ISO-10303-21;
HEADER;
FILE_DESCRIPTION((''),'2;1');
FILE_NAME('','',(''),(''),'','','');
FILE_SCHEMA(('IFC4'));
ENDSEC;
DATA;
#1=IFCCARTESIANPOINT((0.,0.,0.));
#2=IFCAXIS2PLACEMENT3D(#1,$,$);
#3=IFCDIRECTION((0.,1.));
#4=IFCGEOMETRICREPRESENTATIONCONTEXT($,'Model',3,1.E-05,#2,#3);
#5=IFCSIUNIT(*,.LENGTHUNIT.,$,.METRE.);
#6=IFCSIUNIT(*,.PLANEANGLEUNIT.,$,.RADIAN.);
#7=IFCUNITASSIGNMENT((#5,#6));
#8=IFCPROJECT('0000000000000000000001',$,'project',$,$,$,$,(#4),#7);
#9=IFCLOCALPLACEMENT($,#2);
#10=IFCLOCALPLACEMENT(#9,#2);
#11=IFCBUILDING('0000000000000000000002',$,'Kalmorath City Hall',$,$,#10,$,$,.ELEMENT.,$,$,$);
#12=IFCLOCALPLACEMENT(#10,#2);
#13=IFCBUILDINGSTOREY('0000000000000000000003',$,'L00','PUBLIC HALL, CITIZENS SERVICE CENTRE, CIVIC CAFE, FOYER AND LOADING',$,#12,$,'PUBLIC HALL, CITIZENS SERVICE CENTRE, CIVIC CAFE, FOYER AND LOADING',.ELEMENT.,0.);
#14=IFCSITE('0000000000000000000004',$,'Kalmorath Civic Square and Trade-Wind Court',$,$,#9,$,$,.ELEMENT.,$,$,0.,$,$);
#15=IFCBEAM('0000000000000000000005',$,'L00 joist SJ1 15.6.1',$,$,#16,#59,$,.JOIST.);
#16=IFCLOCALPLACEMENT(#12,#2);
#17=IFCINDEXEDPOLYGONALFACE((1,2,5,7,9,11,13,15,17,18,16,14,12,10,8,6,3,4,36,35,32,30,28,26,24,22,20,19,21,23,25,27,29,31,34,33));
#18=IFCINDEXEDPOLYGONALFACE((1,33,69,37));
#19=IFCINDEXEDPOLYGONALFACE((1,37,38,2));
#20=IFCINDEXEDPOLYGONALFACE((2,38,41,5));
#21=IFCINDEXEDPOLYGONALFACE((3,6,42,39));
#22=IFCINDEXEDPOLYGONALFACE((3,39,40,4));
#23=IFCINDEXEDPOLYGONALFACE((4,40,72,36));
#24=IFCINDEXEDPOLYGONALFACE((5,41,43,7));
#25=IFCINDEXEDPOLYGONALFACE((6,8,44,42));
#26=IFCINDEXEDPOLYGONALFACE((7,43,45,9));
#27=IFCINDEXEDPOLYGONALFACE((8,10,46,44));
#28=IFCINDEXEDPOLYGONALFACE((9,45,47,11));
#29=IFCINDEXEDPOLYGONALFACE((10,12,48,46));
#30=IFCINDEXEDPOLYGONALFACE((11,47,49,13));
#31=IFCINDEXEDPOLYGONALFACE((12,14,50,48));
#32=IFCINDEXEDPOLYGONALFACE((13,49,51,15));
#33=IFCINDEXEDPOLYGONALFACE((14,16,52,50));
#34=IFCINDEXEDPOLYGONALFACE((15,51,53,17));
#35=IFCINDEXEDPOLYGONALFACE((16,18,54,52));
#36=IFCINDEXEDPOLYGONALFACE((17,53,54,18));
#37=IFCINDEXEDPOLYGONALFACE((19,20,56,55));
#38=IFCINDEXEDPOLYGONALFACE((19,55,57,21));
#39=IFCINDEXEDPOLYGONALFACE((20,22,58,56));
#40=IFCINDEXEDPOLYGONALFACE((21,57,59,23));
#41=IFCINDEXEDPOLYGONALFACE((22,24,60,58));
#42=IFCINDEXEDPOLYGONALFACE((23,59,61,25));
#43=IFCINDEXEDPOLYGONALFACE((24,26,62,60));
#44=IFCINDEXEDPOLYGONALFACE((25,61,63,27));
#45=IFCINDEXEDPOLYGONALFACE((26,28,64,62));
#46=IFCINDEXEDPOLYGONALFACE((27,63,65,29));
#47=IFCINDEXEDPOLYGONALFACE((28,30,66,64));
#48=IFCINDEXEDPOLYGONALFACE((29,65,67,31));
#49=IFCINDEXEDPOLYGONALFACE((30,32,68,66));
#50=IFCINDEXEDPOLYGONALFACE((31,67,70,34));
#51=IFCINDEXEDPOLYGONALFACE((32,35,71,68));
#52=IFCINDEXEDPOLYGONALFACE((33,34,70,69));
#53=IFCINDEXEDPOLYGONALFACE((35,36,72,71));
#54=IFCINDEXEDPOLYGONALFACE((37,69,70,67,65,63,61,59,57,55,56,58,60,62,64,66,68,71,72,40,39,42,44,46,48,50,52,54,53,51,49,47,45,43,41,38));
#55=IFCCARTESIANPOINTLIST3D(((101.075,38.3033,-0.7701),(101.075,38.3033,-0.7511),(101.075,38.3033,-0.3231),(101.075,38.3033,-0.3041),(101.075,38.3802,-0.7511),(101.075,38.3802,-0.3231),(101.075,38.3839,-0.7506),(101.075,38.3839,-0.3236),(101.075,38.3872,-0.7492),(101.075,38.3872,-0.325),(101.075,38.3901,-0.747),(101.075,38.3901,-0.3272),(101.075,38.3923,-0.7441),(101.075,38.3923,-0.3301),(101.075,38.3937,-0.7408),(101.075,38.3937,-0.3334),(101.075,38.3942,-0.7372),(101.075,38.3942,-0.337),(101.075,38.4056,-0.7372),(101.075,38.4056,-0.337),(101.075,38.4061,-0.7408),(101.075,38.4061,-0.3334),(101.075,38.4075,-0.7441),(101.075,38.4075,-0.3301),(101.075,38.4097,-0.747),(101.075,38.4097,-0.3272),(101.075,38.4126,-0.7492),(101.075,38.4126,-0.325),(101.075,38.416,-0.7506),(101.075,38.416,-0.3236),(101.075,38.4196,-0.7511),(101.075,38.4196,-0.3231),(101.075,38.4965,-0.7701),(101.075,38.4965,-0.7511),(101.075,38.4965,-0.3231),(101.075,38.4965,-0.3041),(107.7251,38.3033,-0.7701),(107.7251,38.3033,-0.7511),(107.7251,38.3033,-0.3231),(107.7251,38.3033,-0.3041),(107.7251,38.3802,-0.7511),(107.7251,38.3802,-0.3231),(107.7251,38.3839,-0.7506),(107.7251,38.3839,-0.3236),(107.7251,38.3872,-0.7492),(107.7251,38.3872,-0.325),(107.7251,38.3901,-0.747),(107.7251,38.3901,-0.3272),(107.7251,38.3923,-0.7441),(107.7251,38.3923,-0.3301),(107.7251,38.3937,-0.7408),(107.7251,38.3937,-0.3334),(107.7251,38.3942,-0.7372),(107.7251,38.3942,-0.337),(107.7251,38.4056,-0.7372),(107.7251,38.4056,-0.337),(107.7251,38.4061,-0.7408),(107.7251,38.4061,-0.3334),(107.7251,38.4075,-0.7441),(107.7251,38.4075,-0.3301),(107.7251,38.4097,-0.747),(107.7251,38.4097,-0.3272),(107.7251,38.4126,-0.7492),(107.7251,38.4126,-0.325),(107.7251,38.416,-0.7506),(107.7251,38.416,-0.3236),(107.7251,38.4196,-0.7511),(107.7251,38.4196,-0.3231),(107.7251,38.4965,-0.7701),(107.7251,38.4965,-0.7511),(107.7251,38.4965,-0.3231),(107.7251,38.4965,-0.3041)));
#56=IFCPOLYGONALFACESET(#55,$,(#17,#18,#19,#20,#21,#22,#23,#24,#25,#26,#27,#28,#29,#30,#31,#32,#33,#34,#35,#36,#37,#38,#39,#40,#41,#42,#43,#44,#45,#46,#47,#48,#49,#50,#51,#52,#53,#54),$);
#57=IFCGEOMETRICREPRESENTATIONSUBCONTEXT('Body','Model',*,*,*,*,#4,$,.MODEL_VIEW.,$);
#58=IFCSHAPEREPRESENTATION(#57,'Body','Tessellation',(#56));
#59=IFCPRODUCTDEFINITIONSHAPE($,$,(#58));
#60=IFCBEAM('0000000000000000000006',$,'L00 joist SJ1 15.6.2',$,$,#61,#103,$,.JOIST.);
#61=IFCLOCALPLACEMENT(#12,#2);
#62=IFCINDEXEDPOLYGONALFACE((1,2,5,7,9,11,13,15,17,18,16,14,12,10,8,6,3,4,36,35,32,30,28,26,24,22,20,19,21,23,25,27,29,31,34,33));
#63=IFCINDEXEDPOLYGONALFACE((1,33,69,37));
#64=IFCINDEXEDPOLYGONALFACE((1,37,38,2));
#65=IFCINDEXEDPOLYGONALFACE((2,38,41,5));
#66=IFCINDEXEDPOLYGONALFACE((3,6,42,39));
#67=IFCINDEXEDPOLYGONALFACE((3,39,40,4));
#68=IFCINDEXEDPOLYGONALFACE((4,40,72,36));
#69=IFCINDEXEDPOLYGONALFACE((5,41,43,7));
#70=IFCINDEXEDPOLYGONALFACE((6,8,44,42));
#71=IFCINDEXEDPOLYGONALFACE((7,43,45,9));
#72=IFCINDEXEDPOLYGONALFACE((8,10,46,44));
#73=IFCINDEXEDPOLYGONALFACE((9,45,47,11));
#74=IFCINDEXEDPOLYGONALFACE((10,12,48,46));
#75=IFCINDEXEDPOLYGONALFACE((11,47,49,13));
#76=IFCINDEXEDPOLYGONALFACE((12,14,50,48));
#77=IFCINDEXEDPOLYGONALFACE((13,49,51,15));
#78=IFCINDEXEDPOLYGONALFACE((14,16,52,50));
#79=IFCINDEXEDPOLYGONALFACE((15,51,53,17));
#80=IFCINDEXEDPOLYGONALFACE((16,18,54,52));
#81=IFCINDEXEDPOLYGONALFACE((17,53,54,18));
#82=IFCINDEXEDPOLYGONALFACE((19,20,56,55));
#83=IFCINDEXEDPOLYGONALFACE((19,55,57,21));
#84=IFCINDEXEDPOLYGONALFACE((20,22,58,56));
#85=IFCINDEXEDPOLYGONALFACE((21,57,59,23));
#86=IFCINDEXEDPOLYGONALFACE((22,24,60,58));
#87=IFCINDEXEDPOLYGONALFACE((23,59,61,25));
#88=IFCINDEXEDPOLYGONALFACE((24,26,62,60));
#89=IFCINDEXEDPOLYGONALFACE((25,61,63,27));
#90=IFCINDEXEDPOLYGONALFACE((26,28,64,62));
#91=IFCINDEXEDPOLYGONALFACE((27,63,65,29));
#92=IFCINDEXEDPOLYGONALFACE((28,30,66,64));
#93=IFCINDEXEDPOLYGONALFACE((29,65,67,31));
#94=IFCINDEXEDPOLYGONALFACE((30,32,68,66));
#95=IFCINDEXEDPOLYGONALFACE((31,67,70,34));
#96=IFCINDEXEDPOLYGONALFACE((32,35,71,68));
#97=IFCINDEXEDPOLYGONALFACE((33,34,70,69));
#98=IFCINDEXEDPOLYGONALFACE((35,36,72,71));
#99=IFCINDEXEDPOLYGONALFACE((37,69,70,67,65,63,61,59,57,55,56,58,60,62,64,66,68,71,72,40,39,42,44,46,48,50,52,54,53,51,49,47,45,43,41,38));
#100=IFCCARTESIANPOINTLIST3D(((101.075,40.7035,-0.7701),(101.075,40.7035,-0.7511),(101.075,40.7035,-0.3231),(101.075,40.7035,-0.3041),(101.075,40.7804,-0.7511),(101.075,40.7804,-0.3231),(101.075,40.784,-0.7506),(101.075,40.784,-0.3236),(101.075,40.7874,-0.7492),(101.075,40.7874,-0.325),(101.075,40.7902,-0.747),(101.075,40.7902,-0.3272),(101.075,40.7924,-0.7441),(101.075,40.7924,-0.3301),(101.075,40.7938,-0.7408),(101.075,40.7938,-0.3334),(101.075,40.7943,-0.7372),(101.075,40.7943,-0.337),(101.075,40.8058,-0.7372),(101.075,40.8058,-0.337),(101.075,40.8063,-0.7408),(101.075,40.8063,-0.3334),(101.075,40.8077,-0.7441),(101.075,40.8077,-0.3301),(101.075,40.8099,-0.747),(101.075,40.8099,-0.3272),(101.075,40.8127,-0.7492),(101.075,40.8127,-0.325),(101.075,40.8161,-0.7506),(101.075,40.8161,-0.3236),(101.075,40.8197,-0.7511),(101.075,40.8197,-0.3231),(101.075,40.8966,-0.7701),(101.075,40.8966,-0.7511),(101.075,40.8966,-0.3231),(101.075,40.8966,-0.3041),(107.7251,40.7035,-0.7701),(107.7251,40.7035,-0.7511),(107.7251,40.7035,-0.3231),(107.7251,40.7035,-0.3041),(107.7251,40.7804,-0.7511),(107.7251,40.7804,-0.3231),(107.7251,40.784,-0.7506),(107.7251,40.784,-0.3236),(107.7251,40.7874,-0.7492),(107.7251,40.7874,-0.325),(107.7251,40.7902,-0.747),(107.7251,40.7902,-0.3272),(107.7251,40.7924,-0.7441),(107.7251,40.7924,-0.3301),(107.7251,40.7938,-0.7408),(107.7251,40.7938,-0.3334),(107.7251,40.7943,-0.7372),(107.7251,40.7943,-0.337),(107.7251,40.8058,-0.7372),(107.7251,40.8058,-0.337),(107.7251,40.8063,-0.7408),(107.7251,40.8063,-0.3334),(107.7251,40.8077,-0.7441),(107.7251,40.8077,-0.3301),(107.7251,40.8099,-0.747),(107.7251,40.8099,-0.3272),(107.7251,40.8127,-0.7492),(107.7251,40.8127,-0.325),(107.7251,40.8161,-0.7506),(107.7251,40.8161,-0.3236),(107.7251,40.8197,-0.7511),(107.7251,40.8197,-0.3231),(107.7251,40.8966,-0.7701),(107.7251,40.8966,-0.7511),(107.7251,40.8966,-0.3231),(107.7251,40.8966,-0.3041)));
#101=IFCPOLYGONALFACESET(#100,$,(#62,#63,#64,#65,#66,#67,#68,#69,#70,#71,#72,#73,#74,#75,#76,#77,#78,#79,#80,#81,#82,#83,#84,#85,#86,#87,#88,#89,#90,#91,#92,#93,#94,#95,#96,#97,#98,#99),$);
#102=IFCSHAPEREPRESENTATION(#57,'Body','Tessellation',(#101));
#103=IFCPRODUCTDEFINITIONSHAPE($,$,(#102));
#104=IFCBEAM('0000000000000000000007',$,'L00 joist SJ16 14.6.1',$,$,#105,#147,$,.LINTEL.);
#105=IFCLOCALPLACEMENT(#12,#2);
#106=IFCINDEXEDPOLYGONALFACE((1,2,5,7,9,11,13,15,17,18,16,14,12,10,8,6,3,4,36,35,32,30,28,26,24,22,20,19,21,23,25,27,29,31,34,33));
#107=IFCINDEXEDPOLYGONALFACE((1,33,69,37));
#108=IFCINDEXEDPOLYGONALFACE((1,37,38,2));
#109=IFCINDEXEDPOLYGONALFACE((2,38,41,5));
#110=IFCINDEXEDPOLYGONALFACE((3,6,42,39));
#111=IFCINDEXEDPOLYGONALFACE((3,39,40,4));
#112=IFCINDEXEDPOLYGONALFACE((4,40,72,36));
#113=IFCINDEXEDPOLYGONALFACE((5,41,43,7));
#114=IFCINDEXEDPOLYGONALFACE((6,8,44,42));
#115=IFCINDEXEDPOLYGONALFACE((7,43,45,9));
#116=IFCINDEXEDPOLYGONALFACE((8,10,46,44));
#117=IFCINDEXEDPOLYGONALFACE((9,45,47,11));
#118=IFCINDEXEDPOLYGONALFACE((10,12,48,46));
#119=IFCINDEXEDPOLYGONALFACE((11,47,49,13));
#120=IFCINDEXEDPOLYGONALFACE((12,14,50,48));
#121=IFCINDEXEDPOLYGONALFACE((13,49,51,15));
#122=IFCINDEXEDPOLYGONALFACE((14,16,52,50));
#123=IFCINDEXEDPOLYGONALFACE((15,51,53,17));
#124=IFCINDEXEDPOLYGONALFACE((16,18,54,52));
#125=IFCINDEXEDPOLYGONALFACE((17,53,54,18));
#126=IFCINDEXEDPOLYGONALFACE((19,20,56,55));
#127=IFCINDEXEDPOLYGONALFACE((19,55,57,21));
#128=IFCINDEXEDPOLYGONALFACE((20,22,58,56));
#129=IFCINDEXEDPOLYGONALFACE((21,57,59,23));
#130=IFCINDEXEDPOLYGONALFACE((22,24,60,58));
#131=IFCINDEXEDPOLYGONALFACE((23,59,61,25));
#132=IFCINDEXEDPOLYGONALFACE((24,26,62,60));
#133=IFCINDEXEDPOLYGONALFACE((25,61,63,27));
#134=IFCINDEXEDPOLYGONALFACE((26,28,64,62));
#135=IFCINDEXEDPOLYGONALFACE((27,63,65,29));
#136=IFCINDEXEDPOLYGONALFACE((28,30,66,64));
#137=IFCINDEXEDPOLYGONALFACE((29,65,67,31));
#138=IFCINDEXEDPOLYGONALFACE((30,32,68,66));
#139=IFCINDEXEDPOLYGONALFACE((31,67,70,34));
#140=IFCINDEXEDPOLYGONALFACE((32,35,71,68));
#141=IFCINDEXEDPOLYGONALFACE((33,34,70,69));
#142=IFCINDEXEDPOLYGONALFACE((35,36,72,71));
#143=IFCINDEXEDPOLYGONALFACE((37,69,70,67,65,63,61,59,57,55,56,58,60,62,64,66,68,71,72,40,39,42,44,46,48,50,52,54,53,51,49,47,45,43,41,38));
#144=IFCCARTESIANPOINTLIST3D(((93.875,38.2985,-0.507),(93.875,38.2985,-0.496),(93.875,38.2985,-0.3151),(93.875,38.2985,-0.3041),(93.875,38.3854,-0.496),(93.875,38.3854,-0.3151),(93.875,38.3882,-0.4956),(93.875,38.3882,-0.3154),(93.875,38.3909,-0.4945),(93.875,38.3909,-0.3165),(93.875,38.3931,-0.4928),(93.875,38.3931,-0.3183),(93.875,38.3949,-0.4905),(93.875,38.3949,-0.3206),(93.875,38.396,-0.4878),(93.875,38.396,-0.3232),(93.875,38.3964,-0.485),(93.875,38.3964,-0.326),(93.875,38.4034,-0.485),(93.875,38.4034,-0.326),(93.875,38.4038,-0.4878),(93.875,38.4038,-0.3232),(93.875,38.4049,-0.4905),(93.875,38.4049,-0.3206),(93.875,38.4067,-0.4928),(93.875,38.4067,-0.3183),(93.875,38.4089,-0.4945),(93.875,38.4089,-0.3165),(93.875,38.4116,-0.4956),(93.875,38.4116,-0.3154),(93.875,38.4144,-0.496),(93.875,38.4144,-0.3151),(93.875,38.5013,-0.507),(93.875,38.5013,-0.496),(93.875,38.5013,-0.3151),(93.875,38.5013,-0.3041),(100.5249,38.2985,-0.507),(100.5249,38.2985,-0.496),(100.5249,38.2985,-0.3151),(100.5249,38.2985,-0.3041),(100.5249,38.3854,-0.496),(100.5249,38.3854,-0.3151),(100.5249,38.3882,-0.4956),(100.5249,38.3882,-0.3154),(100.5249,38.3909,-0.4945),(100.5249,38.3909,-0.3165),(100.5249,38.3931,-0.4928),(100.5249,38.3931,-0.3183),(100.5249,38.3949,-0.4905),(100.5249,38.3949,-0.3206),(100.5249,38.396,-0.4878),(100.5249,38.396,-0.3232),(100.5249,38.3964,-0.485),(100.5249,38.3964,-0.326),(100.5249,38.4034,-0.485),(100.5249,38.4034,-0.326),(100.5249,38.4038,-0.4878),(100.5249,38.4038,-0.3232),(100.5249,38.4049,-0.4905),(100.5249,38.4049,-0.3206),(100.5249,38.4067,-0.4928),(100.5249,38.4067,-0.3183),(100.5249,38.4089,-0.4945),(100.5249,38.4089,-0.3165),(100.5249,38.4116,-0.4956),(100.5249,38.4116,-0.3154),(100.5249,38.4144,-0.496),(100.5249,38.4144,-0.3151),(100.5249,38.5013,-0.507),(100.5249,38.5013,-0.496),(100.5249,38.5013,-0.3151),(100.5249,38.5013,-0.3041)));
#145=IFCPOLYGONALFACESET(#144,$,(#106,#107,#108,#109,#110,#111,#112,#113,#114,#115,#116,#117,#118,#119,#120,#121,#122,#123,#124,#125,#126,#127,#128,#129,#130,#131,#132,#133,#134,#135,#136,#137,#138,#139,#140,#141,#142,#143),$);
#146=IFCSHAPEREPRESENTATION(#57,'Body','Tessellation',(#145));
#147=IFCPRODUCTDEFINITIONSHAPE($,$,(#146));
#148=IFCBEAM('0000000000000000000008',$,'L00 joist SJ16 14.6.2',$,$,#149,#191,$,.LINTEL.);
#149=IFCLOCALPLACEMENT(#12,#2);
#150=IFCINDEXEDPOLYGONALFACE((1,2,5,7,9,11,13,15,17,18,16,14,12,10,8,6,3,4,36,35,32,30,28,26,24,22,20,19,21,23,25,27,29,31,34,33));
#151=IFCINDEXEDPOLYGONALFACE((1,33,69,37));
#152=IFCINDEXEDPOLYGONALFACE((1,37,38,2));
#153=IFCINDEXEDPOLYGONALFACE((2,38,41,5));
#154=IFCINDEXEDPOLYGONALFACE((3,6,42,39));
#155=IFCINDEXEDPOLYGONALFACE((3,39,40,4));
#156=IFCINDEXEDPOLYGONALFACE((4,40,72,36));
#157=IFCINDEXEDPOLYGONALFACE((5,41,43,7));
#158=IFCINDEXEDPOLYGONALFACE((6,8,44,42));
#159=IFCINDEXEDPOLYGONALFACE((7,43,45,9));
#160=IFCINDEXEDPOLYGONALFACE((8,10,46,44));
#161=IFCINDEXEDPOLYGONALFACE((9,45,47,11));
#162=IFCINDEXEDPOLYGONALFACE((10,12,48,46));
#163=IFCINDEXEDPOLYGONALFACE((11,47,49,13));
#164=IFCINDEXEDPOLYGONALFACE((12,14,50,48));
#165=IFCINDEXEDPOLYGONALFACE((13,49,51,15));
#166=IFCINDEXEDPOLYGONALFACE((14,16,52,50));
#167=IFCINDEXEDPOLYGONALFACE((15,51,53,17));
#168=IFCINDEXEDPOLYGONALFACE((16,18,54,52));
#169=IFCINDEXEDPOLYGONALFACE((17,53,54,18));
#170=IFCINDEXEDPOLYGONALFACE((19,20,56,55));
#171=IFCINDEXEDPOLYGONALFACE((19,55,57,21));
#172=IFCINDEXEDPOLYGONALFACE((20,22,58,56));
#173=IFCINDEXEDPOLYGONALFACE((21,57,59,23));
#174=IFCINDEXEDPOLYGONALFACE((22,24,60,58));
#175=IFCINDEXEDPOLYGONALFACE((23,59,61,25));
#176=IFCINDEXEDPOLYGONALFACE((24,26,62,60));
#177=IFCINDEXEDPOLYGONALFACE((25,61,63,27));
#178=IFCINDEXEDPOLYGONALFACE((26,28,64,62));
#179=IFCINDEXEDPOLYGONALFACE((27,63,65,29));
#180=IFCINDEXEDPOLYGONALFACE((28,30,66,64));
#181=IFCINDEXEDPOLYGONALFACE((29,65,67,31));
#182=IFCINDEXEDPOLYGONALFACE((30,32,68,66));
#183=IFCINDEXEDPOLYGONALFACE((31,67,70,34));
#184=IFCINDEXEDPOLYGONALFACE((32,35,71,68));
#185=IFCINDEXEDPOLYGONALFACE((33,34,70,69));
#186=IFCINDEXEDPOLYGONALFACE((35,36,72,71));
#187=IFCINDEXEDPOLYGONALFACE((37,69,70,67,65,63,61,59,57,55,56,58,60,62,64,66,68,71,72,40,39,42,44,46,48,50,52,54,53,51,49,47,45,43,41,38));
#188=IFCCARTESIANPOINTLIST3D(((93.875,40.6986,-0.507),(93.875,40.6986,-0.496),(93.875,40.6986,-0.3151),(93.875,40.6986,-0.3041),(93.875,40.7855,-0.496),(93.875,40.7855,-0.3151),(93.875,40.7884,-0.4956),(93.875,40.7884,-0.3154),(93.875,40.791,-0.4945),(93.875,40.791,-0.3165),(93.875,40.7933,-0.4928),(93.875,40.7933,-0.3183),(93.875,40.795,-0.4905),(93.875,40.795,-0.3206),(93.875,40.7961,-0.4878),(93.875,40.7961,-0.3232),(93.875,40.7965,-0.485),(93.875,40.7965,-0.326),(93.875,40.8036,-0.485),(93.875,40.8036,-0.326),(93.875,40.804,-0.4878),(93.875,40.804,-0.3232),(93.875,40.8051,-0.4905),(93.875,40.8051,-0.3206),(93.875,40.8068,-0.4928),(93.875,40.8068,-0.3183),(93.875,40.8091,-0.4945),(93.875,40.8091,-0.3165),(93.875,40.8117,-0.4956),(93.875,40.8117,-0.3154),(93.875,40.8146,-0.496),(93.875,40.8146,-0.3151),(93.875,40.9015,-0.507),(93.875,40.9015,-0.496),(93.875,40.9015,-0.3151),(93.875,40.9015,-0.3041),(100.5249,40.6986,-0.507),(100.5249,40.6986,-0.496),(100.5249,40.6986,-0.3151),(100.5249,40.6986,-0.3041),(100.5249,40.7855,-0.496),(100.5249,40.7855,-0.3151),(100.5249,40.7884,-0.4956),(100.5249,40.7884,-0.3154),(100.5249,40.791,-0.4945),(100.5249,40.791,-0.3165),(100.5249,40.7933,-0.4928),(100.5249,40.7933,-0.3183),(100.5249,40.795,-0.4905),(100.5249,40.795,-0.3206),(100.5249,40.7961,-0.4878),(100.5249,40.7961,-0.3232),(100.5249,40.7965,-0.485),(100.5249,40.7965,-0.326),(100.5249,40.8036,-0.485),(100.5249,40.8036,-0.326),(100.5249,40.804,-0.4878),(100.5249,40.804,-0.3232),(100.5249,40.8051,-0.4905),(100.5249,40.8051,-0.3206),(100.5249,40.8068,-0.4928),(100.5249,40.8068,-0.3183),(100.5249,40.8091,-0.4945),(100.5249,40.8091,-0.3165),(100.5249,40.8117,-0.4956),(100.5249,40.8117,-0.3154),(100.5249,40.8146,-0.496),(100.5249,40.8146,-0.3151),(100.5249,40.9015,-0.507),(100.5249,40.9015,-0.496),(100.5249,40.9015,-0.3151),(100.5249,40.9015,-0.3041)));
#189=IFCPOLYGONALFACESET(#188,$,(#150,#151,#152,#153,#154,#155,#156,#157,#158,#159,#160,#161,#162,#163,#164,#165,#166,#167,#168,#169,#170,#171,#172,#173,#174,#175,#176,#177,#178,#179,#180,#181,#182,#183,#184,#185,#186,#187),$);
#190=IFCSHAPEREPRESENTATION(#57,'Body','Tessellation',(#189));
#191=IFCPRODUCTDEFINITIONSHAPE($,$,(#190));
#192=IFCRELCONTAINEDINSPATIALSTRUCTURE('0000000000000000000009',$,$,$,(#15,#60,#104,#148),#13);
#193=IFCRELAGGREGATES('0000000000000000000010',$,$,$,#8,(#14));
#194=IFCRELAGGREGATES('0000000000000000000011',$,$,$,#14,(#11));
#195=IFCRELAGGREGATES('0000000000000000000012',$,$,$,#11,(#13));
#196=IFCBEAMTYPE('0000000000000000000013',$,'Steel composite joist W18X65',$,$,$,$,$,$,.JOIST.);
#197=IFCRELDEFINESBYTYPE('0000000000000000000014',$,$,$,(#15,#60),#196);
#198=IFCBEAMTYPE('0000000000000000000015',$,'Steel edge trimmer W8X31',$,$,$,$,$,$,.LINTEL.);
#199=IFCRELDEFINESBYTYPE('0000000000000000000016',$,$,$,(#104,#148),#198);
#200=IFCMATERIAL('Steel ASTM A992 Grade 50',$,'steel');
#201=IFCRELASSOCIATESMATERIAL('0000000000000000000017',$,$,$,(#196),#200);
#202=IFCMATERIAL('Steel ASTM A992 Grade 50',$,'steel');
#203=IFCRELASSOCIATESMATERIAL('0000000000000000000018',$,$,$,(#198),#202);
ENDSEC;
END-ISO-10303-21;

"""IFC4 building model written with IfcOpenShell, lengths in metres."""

from ifc_helpers import new_model, si_unit, direction, frame, origin, origin_2d, place, context, subcontext, project, spatial, i_section, extrude, material, material_profile, profile_set, type_object, element, save


model = new_model("IFC4")

# Units and contexts
model_context = context("Model", 3, precision=1e-05, world=origin(), true_north=direction((0.0, 1.0)))
body_context = subcontext(model_context, "Body", "Model", "MODEL_VIEW")
ifc_project = project(units=[si_unit("LENGTHUNIT", "METRE"), si_unit("PLANEANGLEUNIT", "RADIAN")], contexts=[model_context])

# Site, building, storey
site_placement = place(None, origin())
site = spatial("IfcSite", under=ifc_project, at=site_placement, Name="Kalmorath Civic Square and Trade-Wind Court", CompositionType="ELEMENT", RefElevation=0.0)
building_placement = place(site_placement, origin())
building = spatial("IfcBuilding", under=site, at=building_placement, Name="Kalmorath City Hall", CompositionType="ELEMENT")
storey_placement = place(building_placement, origin())
storey = spatial("IfcBuildingStorey", under=building, at=storey_placement, Name="L00", Description="PUBLIC HALL, CITIZENS SERVICE CENTRE, CIVIC CAFE, FOYER AND LOADING", LongName="PUBLIC HALL, CITIZENS SERVICE CENTRE, CIVIC CAFE, FOYER AND LOADING", CompositionType="ELEMENT", Elevation=0.0)

# Beams
ifc_material_1 = material(Name="Steel ASTM A992 Grade 50", Category="steel")
ifc_material_profile_1 = material_profile(ifc_material_1, i_section(OverallWidth=0.1931, OverallDepth=0.4661, WebThickness=0.0115, FlangeThickness=0.019, FilletRadius=0.0139, at=origin_2d()), Name="W18X65")
ifc_profile_set_1 = profile_set([ifc_material_profile_1], Name="Steel ASTM A992 Grade 50")
beam_type_1 = type_object("IfcBeamType", Name="Steel composite joist W18X65", PredefinedType="JOIST", material=ifc_profile_set_1)
for number, where, z_axis, x_axis, name in (
    (1, (101.075, 38.3999, -0.5371), (1.0, 0.0, 0.0), (0.0, 1.0, 0.0), "L00 joist SJ1 15.6.1"),
    (2, (101.075, 40.8, -0.5371), (1.0, 0.0, 0.0), (0.0, 1.0, 0.0), "L00 joist SJ1 15.6.2"),
):
    element("IfcBeam", number, at=place(storey_placement, frame(where, z_axis=z_axis, x_axis=x_axis)), inside=storey, type_object=beam_type_1, Name=name, PredefinedType="JOIST", context=body_context, shape_type="SweptSolid", body=[
        extrude(i_section(OverallWidth=0.1931, OverallDepth=0.4661, WebThickness=0.0115, FlangeThickness=0.019, FilletRadius=0.0139, at=origin_2d()), origin(), (0.0, 0.0, 1.0), 6.6501),
    ])
ifc_material_2 = material(Name="Steel ASTM A992 Grade 50", Category="steel")
ifc_material_profile_2 = material_profile(ifc_material_2, i_section(OverallWidth=0.2029, OverallDepth=0.2029, WebThickness=0.0071, FlangeThickness=0.011, FilletRadius=0.011, at=origin_2d()), Name="W8X31")
ifc_profile_set_2 = profile_set([ifc_material_profile_2], Name="Steel ASTM A992 Grade 50")
beam_type_2 = type_object("IfcBeamType", Name="Steel edge trimmer W8X31", PredefinedType="LINTEL", material=ifc_profile_set_2)
for number, where, z_axis, x_axis, name in (
    (3, (93.875, 38.3999, -0.4055), (1.0, 0.0, 0.0), (0.0, 1.0, 0.0), "L00 joist SJ16 14.6.1"),
    (4, (93.875, 40.8, -0.4055), (1.0, 0.0, 0.0), (0.0, 1.0, 0.0), "L00 joist SJ16 14.6.2"),
):
    element("IfcBeam", number, at=place(storey_placement, frame(where, z_axis=z_axis, x_axis=x_axis)), inside=storey, type_object=beam_type_2, Name=name, PredefinedType="LINTEL", context=body_context, shape_type="SweptSolid", body=[
        extrude(i_section(OverallWidth=0.2029, OverallDepth=0.2029, WebThickness=0.0071, FlangeThickness=0.011, FilletRadius=0.011, at=origin_2d()), origin(), (0.0, 0.0, 1.0), 6.6499),
    ])

save(model, "model.ifc")
